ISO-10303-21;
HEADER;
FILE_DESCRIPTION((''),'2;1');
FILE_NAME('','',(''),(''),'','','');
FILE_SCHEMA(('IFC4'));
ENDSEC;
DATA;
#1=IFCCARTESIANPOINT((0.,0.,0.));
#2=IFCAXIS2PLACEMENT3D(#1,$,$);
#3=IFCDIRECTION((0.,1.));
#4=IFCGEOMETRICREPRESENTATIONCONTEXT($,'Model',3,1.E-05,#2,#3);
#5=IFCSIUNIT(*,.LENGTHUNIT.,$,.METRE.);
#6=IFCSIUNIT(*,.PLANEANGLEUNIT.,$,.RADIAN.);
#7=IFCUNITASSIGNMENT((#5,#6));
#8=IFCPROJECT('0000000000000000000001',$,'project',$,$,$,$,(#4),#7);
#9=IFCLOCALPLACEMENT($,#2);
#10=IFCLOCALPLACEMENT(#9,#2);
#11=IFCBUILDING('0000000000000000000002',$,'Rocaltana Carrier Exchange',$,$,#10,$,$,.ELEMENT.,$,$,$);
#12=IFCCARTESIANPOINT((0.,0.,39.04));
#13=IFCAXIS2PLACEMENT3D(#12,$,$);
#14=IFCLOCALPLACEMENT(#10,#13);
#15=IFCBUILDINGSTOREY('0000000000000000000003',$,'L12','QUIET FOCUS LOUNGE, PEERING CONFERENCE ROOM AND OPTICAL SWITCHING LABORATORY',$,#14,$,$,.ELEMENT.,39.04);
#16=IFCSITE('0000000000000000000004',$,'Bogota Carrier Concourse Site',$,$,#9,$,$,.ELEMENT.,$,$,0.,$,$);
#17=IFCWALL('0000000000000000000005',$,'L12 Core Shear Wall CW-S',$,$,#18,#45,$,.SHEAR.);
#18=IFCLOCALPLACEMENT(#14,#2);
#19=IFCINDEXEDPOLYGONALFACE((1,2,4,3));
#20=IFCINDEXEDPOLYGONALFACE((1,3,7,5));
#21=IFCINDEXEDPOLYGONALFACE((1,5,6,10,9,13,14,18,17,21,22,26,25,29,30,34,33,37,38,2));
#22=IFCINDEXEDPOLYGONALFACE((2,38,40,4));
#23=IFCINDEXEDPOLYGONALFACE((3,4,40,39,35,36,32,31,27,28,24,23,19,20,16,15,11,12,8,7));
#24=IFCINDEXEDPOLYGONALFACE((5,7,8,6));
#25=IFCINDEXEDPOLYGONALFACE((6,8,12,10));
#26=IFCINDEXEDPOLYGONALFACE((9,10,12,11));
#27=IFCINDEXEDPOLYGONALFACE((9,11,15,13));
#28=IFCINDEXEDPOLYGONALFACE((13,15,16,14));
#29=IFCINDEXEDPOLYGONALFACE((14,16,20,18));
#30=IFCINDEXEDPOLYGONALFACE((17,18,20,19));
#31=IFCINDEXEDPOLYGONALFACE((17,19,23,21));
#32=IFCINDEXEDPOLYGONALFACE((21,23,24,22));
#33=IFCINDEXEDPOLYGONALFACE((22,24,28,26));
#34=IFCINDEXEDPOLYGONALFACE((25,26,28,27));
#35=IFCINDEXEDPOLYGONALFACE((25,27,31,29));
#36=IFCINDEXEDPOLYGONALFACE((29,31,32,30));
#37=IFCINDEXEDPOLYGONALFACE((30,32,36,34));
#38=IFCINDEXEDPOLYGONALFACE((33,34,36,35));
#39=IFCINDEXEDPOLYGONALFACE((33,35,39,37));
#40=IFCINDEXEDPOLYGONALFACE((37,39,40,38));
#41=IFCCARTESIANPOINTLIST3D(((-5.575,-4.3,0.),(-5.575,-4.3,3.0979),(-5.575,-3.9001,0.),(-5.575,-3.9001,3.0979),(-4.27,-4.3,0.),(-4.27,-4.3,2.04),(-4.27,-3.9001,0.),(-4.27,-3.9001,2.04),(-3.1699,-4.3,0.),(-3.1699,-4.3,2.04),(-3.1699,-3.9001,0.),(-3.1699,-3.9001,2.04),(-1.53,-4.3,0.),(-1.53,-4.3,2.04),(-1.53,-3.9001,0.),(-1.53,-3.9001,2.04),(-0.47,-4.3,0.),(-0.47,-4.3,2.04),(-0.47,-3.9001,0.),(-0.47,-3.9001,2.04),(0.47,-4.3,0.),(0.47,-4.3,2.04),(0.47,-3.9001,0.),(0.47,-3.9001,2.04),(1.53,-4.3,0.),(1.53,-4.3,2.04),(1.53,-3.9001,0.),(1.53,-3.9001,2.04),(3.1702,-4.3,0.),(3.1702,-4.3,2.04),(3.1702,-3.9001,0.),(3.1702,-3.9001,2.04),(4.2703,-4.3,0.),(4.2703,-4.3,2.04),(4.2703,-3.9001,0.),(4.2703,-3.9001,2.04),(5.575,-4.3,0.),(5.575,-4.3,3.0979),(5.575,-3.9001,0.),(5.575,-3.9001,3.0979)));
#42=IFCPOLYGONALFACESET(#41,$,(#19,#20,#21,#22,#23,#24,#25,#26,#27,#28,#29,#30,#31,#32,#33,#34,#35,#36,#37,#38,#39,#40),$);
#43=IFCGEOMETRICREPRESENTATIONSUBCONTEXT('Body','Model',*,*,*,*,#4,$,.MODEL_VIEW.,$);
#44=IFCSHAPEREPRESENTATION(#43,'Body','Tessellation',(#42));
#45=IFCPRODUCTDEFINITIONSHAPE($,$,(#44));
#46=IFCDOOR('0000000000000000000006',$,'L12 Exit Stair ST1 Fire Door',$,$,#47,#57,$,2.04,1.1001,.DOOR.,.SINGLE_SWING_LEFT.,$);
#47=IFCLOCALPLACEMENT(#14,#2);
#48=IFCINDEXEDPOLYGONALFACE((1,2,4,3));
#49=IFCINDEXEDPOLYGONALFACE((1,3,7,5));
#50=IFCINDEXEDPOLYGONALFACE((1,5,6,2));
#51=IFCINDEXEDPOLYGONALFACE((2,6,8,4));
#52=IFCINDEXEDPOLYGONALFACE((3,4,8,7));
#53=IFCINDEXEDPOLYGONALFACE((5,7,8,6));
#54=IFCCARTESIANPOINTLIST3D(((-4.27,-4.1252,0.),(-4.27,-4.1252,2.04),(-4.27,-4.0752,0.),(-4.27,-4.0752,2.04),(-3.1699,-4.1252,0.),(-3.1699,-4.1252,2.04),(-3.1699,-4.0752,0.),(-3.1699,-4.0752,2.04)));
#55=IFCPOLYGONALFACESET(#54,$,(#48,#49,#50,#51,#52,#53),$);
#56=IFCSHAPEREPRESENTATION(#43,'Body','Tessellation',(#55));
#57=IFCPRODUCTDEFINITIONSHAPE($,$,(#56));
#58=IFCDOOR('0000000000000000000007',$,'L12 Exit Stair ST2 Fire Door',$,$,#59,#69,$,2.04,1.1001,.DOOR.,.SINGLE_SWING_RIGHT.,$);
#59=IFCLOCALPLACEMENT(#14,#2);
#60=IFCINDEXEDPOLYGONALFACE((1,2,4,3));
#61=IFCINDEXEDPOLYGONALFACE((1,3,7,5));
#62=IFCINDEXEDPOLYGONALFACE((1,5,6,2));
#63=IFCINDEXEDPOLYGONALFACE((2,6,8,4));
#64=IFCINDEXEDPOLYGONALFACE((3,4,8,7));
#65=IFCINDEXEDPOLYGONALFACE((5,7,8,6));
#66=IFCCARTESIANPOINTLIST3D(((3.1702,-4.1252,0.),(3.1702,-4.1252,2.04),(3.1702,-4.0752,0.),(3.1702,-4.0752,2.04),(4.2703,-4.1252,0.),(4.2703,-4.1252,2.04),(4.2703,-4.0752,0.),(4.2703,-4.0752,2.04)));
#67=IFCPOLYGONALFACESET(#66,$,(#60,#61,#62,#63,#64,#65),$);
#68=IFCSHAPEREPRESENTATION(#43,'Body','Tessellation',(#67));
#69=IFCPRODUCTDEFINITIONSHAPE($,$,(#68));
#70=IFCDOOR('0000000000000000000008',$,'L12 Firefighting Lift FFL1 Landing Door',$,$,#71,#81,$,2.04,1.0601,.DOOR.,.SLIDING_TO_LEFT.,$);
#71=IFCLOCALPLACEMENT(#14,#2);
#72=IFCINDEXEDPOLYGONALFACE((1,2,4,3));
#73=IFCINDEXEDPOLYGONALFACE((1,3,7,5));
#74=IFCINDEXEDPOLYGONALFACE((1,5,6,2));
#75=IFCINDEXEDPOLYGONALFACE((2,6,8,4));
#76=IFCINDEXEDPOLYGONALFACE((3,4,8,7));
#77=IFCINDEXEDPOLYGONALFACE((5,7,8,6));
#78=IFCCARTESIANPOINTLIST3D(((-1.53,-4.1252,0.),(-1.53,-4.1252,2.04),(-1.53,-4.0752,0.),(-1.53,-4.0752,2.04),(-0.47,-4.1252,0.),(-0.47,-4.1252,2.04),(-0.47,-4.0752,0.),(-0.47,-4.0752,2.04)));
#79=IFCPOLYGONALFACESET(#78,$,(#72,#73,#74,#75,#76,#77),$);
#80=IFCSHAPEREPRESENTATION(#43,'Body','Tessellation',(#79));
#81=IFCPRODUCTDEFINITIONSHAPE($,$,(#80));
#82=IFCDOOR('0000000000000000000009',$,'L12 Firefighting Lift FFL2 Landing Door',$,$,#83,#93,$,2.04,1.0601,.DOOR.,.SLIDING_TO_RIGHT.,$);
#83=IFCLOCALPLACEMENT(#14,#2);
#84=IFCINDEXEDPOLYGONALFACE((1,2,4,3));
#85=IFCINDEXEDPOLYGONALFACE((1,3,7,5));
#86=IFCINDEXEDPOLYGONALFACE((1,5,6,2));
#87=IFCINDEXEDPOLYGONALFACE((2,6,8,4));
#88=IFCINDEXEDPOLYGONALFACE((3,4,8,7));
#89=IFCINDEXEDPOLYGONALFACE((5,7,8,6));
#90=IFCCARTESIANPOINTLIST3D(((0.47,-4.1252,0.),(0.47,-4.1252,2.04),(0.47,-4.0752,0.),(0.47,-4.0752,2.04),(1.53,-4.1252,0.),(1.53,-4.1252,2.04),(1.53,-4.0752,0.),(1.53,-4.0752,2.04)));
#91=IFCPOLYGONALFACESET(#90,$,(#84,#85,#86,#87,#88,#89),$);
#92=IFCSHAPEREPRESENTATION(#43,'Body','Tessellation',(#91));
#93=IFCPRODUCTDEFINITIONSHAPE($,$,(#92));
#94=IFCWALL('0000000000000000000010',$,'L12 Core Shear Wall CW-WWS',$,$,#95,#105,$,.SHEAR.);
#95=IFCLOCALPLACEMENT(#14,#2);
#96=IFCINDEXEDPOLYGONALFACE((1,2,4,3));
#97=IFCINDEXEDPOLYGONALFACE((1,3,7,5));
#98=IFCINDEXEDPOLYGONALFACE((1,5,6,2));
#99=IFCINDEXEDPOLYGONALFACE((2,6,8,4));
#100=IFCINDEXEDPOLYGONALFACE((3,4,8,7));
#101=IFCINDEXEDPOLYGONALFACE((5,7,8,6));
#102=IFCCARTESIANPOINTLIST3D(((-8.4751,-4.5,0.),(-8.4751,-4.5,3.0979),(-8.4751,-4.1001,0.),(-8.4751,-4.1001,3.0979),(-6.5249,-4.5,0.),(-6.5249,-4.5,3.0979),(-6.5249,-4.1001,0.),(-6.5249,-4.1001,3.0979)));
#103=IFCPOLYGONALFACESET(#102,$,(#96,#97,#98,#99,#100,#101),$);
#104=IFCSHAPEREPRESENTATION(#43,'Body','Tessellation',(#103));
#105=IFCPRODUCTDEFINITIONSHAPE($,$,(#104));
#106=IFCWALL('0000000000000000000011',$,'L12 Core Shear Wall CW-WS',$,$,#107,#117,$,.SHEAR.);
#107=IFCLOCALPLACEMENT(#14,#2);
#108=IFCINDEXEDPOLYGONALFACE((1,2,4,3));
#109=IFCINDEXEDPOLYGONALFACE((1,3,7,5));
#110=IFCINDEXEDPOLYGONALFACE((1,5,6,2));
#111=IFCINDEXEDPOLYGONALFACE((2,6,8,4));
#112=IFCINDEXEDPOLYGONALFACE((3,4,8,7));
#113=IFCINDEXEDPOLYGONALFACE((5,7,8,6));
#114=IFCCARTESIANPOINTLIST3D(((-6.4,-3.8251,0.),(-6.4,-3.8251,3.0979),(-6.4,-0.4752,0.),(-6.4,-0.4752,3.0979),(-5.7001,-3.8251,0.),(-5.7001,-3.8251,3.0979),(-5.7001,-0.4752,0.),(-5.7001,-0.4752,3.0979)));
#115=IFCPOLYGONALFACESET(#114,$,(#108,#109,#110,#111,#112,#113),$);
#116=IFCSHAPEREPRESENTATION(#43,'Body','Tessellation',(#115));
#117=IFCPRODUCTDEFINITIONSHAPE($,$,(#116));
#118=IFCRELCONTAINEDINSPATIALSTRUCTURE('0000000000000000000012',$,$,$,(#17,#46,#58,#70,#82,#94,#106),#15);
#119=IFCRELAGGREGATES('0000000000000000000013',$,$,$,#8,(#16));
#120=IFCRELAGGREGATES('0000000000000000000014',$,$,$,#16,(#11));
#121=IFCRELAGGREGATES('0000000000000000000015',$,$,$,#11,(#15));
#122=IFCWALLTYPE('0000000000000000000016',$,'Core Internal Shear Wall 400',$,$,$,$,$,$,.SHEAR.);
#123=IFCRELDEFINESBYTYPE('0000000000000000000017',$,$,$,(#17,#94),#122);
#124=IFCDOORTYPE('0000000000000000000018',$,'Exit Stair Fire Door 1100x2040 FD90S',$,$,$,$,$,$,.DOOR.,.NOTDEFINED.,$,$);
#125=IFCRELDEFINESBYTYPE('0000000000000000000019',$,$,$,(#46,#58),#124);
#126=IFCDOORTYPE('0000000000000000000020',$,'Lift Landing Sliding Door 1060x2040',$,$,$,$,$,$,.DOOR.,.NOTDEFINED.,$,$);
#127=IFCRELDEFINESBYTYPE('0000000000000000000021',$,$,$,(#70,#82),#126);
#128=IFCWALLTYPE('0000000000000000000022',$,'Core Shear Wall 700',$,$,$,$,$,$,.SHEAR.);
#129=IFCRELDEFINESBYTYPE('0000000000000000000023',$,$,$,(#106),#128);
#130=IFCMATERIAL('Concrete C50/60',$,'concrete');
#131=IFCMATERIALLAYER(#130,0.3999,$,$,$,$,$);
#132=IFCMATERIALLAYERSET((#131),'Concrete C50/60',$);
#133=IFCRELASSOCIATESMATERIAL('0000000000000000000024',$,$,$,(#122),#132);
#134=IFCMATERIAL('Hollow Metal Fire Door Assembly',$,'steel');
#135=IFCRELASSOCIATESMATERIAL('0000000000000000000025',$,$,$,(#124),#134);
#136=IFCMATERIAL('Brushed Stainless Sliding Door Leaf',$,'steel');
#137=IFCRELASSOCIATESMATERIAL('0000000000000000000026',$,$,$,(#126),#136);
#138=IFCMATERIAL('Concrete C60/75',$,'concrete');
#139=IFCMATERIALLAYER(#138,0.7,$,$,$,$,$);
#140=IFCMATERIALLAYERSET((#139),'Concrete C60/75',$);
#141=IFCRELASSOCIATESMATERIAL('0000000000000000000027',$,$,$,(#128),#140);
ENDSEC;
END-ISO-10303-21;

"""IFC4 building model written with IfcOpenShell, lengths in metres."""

from ifc_helpers import new_model, si_unit, direction, frame, frame_2d, origin, place, context, subcontext, project, spatial, rectangle, extrude, material, layer, layer_set, type_object, element, fill, save


model = new_model("IFC4")

# Units and contexts
model_context = context("Model", 3, precision=1e-05, world=origin(), true_north=direction((0.0, 1.0)))
body_context = subcontext(model_context, "Body", "Model", "MODEL_VIEW")
ifc_project = project(units=[si_unit("LENGTHUNIT", "METRE"), si_unit("PLANEANGLEUNIT", "RADIAN")], contexts=[model_context])

# Site, building, storey
site_placement = place(None, origin())
site = spatial("IfcSite", under=ifc_project, at=site_placement, Name="Bogota Carrier Concourse Site", CompositionType="ELEMENT", RefElevation=0.0)
building_placement = place(site_placement, origin())
building = spatial("IfcBuilding", under=site, at=building_placement, Name="Rocaltana Carrier Exchange", CompositionType="ELEMENT")
storey_placement = place(building_placement, frame((0.0, 0.0, 39.04)))
storey = spatial("IfcBuildingStorey", under=building, at=storey_placement, Name="L12", Description="QUIET FOCUS LOUNGE, PEERING CONFERENCE ROOM AND OPTICAL SWITCHING LABORATORY", CompositionType="ELEMENT", Elevation=39.04)

# Wall, openings, doors
ifc_material_1 = material(Name="Concrete C50/60", Category="concrete")
ifc_layer_1 = layer(ifc_material_1, 0.3999)
ifc_layer_set_1 = layer_set([ifc_layer_1], Name="Concrete C50/60")
wall_type_1 = type_object("IfcWallType", Name="Core Internal Shear Wall 400", PredefinedType="SHEAR", material=ifc_layer_set_1)
wall_1_placement = place(storey_placement, frame((-5.575, -4.1001, 0.0), z_axis=(0.0, 0.0, 1.0), x_axis=(1.0, 0.0, 0.0)))
wall_1 = element("IfcWall", 1, at=wall_1_placement, inside=storey, type_object=wall_type_1, Name="L12 Core Shear Wall CW-S", PredefinedType="SHEAR", context=body_context, shape_type="SweptSolid", body=[
    extrude(rectangle(XDim=11.1499, YDim=0.3999, at=frame_2d((5.575, 0.0))), origin(), (0.0, 0.0, 1.0), 3.0979),
])
opening_1_placement = place(wall_1_placement, frame((1.3049, 0.0, 0.0)))
opening_1 = element("IfcOpeningElement", 2, at=opening_1_placement, cuts=wall_1, PredefinedType="OPENING", context=body_context, shape_type="SweptSolid", body=[
    extrude(rectangle(XDim=1.1001, YDim=2.04, at=frame_2d((0.55, 1.02))), frame((0.0, 0.21, 0.0), z_axis=(0.0, -1.0, 0.0), x_axis=(1.0, 0.0, 0.0)), (0.0, 0.0, 1.0), 0.4199),
])
opening_2_placement = place(wall_1_placement, frame((8.7451, 0.0, 0.0)))
opening_2 = element("IfcOpeningElement", 3, at=opening_2_placement, cuts=wall_1, PredefinedType="OPENING", context=body_context, shape_type="SweptSolid", body=[
    extrude(rectangle(XDim=1.1001, YDim=2.04, at=frame_2d((0.55, 1.02))), frame((0.0, 0.21, 0.0), z_axis=(0.0, -1.0, 0.0), x_axis=(1.0, 0.0, 0.0)), (0.0, 0.0, 1.0), 0.4199),
])
opening_3_placement = place(wall_1_placement, frame((4.0449, 0.0, 0.0)))
opening_3 = element("IfcOpeningElement", 4, at=opening_3_placement, cuts=wall_1, PredefinedType="OPENING", context=body_context, shape_type="SweptSolid", body=[
    extrude(rectangle(XDim=1.0601, YDim=2.04, at=frame_2d((0.53, 1.02))), frame((0.0, 0.21, 0.0), z_axis=(0.0, -1.0, 0.0), x_axis=(1.0, 0.0, 0.0)), (0.0, 0.0, 1.0), 0.4199),
])
opening_4_placement = place(wall_1_placement, frame((6.0449, 0.0, 0.0)))
opening_4 = element("IfcOpeningElement", 5, at=opening_4_placement, cuts=wall_1, PredefinedType="OPENING", context=body_context, shape_type="SweptSolid", body=[
    extrude(rectangle(XDim=1.0601, YDim=2.04, at=frame_2d((0.53, 1.02))), frame((0.0, 0.21, 0.0), z_axis=(0.0, -1.0, 0.0), x_axis=(1.0, 0.0, 0.0)), (0.0, 0.0, 1.0), 0.4199),
])
ifc_material_2 = material(Name="Hollow Metal Fire Door Assembly", Category="steel")
door_type_1 = type_object("IfcDoorType", Name="Exit Stair Fire Door 1100x2040 FD90S", OperationType="NOTDEFINED", PredefinedType="DOOR", material=ifc_material_2)
door_1_placement = place(opening_1_placement, origin())
door_1 = element("IfcDoor", 6, at=door_1_placement, inside=storey, type_object=door_type_1, Name="L12 Exit Stair ST1 Fire Door", OperationType="SINGLE_SWING_LEFT", OverallHeight=2.04, OverallWidth=1.1001, PredefinedType="DOOR", context=body_context, shape_type="SweptSolid", body=[
    extrude(rectangle(XDim=1.1001, YDim=2.04, at=frame_2d((0.55, 1.02))), frame((0.0, 0.0249, 0.0), z_axis=(0.0, -1.0, 0.0), x_axis=(1.0, 0.0, 0.0)), (0.0, 0.0, 1.0), 0.05),
])
fill(opening_1, door_1)
door_2_placement = place(opening_2_placement, origin())
door_2 = element("IfcDoor", 7, at=door_2_placement, inside=storey, type_object=door_type_1, Name="L12 Exit Stair ST2 Fire Door", OperationType="SINGLE_SWING_RIGHT", OverallHeight=2.04, OverallWidth=1.1001, PredefinedType="DOOR", context=body_context, shape_type="SweptSolid", body=[
    extrude(rectangle(XDim=1.1001, YDim=2.04, at=frame_2d((0.55, 1.02))), frame((0.0, 0.0249, 0.0), z_axis=(0.0, -1.0, 0.0), x_axis=(1.0, 0.0, 0.0)), (0.0, 0.0, 1.0), 0.05),
])
fill(opening_2, door_2)
ifc_material_3 = material(Name="Brushed Stainless Sliding Door Leaf", Category="steel")
door_type_2 = type_object("IfcDoorType", Name="Lift Landing Sliding Door 1060x2040", OperationType="NOTDEFINED", PredefinedType="DOOR", material=ifc_material_3)
door_3_placement = place(opening_3_placement, origin())
door_3 = element("IfcDoor", 8, at=door_3_placement, inside=storey, type_object=door_type_2, Name="L12 Firefighting Lift FFL1 Landing Door", OperationType="SLIDING_TO_LEFT", OverallHeight=2.04, OverallWidth=1.0601, PredefinedType="DOOR", context=body_context, shape_type="SweptSolid", body=[
    extrude(rectangle(XDim=1.0601, YDim=2.04, at=frame_2d((0.53, 1.02))), frame((0.0, 0.0249, 0.0), z_axis=(0.0, -1.0, 0.0), x_axis=(1.0, 0.0, 0.0)), (0.0, 0.0, 1.0), 0.05),
])
fill(opening_3, door_3)
door_4_placement = place(opening_4_placement, origin())
door_4 = element("IfcDoor", 9, at=door_4_placement, inside=storey, type_object=door_type_2, Name="L12 Firefighting Lift FFL2 Landing Door", OperationType="SLIDING_TO_RIGHT", OverallHeight=2.04, OverallWidth=1.0601, PredefinedType="DOOR", context=body_context, shape_type="SweptSolid", body=[
    extrude(rectangle(XDim=1.0601, YDim=2.04, at=frame_2d((0.53, 1.02))), frame((0.0, 0.0249, 0.0), z_axis=(0.0, -1.0, 0.0), x_axis=(1.0, 0.0, 0.0)), (0.0, 0.0, 1.0), 0.05),
])
fill(opening_4, door_4)

# Walls
wall_2_placement = place(storey_placement, frame((-8.4751, -4.3, 0.0), z_axis=(0.0, 0.0, 1.0), x_axis=(1.0, 0.0, 0.0)))
element("IfcWall", 10, at=wall_2_placement, inside=storey, type_object=wall_type_1, Name="L12 Core Shear Wall CW-WWS", PredefinedType="SHEAR", context=body_context, shape_type="SweptSolid", body=[
    extrude(rectangle(XDim=1.9502, YDim=0.3999, at=frame_2d((0.9751, 0.0))), origin(), (0.0, 0.0, 1.0), 3.0979),
])
ifc_material_4 = material(Name="Concrete C60/75", Category="concrete")
ifc_layer_2 = layer(ifc_material_4, 0.7)
ifc_layer_set_2 = layer_set([ifc_layer_2], Name="Concrete C60/75")
wall_type_2 = type_object("IfcWallType", Name="Core Shear Wall 700", PredefinedType="SHEAR", material=ifc_layer_set_2)
wall_3_placement = place(storey_placement, frame((-6.05, -3.825, 0.0), z_axis=(0.0, 0.0, 1.0), x_axis=(0.0, 1.0, 0.0)))
element("IfcWall", 11, at=wall_3_placement, inside=storey, type_object=wall_type_2, Name="L12 Core Shear Wall CW-WS", PredefinedType="SHEAR", context=body_context, shape_type="SweptSolid", body=[
    extrude(rectangle(XDim=3.3499, YDim=0.7, at=frame_2d((1.6748, 0.0))), origin(), (0.0, 0.0, 1.0), 3.0979),
])

save(model, "model.ifc")
